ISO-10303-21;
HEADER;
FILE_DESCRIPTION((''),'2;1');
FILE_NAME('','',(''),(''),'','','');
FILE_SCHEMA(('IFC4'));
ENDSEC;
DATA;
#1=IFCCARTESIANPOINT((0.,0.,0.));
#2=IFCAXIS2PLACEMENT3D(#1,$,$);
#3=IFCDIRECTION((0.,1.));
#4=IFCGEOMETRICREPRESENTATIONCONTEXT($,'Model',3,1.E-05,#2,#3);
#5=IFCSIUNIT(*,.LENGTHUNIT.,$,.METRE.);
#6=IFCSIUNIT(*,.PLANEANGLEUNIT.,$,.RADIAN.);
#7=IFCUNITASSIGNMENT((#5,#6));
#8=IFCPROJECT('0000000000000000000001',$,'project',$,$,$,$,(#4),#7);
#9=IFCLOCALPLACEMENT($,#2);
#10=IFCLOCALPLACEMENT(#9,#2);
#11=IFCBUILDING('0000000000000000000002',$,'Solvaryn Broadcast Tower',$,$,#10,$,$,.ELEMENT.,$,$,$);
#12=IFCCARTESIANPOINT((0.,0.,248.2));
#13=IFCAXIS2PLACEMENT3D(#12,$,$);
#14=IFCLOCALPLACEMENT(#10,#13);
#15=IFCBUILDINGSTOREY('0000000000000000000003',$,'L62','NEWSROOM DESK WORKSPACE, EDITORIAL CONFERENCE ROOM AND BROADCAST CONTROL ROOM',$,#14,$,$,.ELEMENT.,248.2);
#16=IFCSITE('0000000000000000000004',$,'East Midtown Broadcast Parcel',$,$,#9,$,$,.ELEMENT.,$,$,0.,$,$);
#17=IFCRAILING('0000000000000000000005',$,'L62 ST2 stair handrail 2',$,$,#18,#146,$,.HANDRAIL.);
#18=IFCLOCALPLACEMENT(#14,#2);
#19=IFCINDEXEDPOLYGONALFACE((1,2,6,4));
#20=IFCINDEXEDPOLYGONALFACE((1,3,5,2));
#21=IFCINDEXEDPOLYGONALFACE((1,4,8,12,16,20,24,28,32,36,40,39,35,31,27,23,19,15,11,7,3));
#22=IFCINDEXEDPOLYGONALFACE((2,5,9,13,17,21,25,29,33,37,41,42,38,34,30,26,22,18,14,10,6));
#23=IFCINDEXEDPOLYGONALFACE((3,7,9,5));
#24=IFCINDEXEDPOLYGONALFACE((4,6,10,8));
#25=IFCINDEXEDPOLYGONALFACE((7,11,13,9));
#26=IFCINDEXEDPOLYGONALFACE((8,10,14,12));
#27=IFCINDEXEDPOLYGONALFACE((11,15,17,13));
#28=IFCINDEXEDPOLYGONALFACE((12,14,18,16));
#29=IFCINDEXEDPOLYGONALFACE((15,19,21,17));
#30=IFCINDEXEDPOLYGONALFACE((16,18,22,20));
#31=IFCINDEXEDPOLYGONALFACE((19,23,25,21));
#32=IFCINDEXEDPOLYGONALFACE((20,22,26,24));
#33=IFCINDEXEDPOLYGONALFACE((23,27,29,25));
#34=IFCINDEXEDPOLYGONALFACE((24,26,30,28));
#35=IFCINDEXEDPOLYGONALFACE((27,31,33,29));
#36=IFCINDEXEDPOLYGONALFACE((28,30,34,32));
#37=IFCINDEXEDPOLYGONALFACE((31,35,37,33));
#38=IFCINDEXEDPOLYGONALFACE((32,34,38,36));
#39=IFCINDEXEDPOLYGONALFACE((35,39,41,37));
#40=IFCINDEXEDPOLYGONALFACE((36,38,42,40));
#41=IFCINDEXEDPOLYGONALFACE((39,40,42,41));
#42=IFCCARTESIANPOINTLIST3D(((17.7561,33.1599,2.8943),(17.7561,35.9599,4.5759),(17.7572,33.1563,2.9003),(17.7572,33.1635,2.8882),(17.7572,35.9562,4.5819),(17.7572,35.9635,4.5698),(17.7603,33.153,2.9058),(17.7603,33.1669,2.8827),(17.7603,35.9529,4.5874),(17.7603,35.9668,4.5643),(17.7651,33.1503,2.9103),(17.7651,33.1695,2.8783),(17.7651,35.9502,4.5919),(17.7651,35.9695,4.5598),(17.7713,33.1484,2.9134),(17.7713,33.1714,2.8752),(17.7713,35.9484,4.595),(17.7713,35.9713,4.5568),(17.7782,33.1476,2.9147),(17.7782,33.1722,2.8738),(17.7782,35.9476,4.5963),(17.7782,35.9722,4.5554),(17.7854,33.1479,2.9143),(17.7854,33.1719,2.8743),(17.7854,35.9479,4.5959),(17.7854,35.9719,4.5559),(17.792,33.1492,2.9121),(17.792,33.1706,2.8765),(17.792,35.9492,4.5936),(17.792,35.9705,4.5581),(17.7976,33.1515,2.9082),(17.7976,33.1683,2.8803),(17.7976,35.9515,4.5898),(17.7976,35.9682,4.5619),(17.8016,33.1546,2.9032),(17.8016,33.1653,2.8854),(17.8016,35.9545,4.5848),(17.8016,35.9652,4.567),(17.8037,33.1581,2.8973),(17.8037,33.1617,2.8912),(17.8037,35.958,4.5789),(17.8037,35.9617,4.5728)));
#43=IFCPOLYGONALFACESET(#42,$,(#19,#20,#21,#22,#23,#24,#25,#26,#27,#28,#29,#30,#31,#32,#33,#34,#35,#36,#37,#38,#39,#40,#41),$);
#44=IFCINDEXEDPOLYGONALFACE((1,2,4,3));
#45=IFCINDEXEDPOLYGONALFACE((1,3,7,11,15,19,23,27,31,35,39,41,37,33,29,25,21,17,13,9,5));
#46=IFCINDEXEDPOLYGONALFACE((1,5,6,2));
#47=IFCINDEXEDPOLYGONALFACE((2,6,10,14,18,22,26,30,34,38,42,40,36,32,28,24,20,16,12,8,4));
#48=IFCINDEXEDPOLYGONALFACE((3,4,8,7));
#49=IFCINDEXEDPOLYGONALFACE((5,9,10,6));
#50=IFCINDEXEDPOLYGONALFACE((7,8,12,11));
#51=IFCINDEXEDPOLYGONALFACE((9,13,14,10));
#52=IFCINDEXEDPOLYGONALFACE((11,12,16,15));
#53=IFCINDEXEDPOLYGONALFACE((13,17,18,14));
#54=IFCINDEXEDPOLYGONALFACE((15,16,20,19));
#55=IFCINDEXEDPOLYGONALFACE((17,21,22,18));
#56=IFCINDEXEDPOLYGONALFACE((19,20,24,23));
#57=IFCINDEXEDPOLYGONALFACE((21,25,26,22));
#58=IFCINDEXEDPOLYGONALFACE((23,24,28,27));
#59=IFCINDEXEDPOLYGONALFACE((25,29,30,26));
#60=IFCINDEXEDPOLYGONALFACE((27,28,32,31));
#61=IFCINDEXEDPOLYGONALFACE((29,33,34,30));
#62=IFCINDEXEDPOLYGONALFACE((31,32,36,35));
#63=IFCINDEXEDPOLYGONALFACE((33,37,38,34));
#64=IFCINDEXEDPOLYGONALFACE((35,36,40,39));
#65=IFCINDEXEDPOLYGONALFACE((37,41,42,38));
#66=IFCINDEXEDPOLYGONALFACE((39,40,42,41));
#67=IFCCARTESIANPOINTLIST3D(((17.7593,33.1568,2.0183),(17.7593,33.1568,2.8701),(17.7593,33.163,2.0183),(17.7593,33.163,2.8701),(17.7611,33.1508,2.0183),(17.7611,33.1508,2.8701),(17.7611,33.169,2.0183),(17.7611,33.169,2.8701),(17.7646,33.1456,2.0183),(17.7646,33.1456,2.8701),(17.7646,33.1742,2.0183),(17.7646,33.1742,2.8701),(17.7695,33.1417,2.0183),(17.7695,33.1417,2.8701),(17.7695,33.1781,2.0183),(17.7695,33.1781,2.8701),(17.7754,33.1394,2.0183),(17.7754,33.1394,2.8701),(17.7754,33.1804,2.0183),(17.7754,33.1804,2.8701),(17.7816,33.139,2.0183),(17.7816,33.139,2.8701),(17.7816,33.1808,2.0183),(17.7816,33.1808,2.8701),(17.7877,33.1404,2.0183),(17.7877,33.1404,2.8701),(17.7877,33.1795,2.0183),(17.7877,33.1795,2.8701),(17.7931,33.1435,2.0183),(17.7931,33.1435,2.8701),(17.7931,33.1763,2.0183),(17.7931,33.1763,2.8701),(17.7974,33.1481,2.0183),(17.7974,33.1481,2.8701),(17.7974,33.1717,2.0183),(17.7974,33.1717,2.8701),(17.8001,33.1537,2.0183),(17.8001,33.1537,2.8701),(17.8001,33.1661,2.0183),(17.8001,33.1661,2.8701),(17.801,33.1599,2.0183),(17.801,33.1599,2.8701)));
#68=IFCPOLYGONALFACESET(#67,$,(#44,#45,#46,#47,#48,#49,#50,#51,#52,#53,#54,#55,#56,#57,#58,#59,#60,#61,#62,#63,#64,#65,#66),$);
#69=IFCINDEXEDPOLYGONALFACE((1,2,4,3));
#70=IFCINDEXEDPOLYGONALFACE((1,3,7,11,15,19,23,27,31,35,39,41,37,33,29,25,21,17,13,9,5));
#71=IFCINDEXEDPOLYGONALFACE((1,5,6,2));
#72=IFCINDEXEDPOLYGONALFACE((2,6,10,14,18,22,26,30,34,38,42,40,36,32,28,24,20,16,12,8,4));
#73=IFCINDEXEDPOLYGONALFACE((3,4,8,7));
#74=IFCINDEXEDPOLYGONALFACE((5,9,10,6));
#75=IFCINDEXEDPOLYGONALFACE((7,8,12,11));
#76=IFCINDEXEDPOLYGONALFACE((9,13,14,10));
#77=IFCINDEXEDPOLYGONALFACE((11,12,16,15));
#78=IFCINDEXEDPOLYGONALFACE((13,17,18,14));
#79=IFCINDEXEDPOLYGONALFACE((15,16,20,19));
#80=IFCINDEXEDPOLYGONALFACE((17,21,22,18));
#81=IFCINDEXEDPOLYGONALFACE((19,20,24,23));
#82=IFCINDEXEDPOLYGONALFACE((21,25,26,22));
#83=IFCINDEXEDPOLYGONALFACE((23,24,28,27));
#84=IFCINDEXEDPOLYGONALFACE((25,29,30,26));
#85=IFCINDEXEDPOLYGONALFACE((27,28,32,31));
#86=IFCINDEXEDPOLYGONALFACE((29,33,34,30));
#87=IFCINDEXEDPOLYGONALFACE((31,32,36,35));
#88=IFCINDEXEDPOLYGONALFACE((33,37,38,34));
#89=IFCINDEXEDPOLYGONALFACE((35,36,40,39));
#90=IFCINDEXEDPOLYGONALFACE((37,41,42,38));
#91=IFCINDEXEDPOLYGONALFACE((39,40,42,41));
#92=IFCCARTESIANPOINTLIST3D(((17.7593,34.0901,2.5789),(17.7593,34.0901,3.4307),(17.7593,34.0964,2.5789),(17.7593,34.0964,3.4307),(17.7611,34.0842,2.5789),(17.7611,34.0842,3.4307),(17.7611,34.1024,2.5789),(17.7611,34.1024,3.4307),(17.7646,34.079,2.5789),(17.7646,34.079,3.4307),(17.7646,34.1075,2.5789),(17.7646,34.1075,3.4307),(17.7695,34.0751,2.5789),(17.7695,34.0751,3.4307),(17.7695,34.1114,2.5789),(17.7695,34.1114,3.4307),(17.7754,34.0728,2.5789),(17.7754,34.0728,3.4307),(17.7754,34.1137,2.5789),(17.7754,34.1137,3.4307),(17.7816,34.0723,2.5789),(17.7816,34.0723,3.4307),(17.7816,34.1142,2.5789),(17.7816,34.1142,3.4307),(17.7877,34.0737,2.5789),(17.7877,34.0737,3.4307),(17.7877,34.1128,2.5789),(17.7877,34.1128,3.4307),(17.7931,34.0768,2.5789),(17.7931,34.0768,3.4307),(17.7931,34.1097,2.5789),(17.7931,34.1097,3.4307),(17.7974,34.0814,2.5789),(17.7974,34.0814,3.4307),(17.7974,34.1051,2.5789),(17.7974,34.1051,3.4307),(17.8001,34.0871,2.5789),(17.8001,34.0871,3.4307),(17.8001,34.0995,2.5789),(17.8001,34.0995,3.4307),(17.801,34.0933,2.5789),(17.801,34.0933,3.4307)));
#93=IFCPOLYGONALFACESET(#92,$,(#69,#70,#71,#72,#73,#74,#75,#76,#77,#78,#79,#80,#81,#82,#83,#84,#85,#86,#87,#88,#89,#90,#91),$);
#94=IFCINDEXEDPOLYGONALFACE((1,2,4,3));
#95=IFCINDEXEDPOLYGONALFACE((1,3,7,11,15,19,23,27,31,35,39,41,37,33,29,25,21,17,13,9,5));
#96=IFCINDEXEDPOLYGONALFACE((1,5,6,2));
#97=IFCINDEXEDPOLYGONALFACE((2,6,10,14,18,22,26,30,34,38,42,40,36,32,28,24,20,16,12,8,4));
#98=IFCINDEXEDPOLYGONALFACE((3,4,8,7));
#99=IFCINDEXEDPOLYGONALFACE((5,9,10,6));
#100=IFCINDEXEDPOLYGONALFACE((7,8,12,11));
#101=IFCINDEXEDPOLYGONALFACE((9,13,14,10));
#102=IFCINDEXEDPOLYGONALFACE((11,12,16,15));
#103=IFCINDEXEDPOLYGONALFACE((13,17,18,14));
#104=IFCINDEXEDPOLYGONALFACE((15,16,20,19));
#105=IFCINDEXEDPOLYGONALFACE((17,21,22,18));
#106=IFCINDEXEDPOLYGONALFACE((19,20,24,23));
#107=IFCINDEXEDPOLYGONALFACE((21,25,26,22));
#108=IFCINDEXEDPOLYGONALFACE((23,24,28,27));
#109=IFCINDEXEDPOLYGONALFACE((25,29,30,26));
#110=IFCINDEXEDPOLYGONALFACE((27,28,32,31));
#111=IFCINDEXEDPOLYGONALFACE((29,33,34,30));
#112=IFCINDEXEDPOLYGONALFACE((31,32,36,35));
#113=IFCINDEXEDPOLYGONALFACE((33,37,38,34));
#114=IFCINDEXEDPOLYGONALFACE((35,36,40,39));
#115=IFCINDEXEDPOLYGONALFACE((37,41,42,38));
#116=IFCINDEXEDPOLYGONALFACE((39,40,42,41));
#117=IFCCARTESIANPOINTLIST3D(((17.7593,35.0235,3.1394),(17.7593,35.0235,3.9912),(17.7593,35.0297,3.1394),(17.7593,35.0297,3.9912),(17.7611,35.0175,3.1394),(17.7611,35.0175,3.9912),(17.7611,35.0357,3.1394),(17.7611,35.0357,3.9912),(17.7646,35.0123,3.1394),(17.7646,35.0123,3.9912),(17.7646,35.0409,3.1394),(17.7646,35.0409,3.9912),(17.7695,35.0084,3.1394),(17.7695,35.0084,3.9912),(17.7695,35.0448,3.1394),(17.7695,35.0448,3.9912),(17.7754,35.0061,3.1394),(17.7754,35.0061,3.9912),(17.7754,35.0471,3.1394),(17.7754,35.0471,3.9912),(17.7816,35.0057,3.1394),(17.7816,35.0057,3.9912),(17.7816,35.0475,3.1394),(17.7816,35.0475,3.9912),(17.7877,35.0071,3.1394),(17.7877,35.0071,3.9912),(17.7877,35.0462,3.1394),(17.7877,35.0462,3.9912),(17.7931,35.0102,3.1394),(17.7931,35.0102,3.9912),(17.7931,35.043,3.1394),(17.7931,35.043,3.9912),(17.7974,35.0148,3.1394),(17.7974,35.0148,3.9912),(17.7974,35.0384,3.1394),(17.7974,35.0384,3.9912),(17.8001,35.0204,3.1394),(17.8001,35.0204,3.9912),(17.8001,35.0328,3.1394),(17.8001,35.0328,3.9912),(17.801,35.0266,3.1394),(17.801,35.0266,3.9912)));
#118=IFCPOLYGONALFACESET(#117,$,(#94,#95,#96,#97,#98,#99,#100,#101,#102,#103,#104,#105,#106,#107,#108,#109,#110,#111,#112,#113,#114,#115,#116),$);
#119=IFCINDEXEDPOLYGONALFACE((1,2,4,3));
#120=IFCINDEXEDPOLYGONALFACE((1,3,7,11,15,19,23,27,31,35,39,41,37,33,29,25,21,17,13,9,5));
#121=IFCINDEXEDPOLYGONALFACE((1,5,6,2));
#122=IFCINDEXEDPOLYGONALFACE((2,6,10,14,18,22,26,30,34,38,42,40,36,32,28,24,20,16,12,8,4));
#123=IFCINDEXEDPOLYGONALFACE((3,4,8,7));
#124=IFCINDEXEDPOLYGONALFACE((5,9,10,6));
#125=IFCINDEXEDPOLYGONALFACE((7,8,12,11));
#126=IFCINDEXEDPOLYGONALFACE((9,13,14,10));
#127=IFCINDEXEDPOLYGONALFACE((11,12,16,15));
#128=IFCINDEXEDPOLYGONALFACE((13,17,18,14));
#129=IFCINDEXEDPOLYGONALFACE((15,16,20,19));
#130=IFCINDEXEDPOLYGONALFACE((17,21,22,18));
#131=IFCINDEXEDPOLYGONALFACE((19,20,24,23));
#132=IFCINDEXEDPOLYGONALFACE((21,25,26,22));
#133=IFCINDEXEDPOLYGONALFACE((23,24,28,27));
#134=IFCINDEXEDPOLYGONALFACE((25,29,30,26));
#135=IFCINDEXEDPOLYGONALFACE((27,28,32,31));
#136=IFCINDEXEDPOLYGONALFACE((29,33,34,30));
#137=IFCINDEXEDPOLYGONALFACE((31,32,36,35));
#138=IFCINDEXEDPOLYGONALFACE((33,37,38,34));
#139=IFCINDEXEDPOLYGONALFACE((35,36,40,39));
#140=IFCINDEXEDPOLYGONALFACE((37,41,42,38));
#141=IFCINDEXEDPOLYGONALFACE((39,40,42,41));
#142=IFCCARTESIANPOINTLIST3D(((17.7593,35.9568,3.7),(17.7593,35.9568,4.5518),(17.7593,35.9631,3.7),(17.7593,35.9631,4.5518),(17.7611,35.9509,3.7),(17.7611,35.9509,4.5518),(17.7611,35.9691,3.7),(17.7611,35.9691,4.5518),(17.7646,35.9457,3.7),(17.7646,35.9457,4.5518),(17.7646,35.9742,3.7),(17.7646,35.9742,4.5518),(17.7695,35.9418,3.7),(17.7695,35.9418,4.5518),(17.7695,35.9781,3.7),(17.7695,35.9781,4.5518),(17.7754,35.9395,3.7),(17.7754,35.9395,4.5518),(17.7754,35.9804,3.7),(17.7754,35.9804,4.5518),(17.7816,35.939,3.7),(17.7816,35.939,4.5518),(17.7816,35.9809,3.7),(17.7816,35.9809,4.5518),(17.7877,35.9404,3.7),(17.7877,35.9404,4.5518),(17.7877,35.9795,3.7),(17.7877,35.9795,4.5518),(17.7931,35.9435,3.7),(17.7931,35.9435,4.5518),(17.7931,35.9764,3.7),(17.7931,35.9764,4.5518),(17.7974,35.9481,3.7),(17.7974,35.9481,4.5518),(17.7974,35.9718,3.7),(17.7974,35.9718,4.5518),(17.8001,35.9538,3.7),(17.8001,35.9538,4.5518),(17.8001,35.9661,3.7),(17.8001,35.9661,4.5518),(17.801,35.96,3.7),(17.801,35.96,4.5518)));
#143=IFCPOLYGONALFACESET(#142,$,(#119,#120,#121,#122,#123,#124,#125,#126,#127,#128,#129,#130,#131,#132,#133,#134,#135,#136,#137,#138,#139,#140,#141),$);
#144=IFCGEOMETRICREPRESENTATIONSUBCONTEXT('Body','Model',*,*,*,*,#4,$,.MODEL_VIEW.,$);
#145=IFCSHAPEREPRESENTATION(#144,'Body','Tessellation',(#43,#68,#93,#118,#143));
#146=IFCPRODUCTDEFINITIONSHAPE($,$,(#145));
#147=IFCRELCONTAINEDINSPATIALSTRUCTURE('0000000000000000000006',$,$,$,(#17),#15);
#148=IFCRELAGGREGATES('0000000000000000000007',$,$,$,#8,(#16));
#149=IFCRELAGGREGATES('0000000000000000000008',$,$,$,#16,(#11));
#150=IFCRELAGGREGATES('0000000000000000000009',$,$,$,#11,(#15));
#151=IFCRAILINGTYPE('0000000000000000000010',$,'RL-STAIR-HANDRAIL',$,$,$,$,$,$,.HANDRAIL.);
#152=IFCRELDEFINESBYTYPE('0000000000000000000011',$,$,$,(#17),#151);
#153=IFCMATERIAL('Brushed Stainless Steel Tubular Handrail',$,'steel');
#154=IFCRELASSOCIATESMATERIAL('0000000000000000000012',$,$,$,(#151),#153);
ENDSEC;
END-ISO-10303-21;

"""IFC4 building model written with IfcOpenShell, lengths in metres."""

from ifc_helpers import new_model, si_unit, direction, frame, origin, origin_2d, place, context, subcontext, project, spatial, circle, extrude, material, type_object, element, save


model = new_model("IFC4")

# Units and contexts
model_context = context("Model", 3, precision=1e-05, world=origin(), true_north=direction((0.0, 1.0)))
body_context = subcontext(model_context, "Body", "Model", "MODEL_VIEW")
ifc_project = project(units=[si_unit("LENGTHUNIT", "METRE"), si_unit("PLANEANGLEUNIT", "RADIAN")], contexts=[model_context])

# Site, building, storey
site_placement = place(None, origin())
site = spatial("IfcSite", under=ifc_project, at=site_placement, Name="East Midtown Broadcast Parcel", CompositionType="ELEMENT", RefElevation=0.0)
building_placement = place(site_placement, origin())
building = spatial("IfcBuilding", under=site, at=building_placement, Name="Solvaryn Broadcast Tower", CompositionType="ELEMENT")
storey_placement = place(building_placement, frame((0.0, 0.0, 248.2)))
storey = spatial("IfcBuildingStorey", under=building, at=storey_placement, Name="L62", Description="NEWSROOM DESK WORKSPACE, EDITORIAL CONFERENCE ROOM AND BROADCAST CONTROL ROOM", CompositionType="ELEMENT", Elevation=248.2)

# Railing
ifc_material_1 = material(Name="Brushed Stainless Steel Tubular Handrail", Category="steel")
railing_type_1 = type_object("IfcRailingType", Name="RL-STAIR-HANDRAIL", PredefinedType="HANDRAIL", material=ifc_material_1)
railing_1_placement = place(storey_placement, frame((17.78, 33.1599, 2.0183)))
element("IfcRailing", 1, at=railing_1_placement, inside=storey, type_object=railing_type_1, Name="L62 ST2 stair handrail 2", PredefinedType="HANDRAIL", context=body_context, shape_type="SweptSolid", body=[
    extrude(circle(Radius=0.0239, at=origin_2d()), frame((0.0, 0.0, 0.876), z_axis=(0.0, 0.857275, 0.514858), x_axis=(-1.0, 0.0, 0.0)), (0.0, 0.0, 1.0), 3.2661),
    extrude(circle(Radius=0.021, at=origin_2d()), origin(), (0.0, 0.0, 1.0), 0.8518),
    extrude(circle(Radius=0.021, at=origin_2d()), frame((0.0, 0.9333, 0.5605)), (0.0, 0.0, 1.0), 0.8518),
    extrude(circle(Radius=0.021, at=origin_2d()), frame((0.0, 1.8667, 1.1211)), (0.0, 0.0, 1.0), 0.8518),
    extrude(circle(Radius=0.021, at=origin_2d()), frame((0.0, 2.8, 1.6816)), (0.0, 0.0, 1.0), 0.8518),
])

save(model, "model.ifc")
